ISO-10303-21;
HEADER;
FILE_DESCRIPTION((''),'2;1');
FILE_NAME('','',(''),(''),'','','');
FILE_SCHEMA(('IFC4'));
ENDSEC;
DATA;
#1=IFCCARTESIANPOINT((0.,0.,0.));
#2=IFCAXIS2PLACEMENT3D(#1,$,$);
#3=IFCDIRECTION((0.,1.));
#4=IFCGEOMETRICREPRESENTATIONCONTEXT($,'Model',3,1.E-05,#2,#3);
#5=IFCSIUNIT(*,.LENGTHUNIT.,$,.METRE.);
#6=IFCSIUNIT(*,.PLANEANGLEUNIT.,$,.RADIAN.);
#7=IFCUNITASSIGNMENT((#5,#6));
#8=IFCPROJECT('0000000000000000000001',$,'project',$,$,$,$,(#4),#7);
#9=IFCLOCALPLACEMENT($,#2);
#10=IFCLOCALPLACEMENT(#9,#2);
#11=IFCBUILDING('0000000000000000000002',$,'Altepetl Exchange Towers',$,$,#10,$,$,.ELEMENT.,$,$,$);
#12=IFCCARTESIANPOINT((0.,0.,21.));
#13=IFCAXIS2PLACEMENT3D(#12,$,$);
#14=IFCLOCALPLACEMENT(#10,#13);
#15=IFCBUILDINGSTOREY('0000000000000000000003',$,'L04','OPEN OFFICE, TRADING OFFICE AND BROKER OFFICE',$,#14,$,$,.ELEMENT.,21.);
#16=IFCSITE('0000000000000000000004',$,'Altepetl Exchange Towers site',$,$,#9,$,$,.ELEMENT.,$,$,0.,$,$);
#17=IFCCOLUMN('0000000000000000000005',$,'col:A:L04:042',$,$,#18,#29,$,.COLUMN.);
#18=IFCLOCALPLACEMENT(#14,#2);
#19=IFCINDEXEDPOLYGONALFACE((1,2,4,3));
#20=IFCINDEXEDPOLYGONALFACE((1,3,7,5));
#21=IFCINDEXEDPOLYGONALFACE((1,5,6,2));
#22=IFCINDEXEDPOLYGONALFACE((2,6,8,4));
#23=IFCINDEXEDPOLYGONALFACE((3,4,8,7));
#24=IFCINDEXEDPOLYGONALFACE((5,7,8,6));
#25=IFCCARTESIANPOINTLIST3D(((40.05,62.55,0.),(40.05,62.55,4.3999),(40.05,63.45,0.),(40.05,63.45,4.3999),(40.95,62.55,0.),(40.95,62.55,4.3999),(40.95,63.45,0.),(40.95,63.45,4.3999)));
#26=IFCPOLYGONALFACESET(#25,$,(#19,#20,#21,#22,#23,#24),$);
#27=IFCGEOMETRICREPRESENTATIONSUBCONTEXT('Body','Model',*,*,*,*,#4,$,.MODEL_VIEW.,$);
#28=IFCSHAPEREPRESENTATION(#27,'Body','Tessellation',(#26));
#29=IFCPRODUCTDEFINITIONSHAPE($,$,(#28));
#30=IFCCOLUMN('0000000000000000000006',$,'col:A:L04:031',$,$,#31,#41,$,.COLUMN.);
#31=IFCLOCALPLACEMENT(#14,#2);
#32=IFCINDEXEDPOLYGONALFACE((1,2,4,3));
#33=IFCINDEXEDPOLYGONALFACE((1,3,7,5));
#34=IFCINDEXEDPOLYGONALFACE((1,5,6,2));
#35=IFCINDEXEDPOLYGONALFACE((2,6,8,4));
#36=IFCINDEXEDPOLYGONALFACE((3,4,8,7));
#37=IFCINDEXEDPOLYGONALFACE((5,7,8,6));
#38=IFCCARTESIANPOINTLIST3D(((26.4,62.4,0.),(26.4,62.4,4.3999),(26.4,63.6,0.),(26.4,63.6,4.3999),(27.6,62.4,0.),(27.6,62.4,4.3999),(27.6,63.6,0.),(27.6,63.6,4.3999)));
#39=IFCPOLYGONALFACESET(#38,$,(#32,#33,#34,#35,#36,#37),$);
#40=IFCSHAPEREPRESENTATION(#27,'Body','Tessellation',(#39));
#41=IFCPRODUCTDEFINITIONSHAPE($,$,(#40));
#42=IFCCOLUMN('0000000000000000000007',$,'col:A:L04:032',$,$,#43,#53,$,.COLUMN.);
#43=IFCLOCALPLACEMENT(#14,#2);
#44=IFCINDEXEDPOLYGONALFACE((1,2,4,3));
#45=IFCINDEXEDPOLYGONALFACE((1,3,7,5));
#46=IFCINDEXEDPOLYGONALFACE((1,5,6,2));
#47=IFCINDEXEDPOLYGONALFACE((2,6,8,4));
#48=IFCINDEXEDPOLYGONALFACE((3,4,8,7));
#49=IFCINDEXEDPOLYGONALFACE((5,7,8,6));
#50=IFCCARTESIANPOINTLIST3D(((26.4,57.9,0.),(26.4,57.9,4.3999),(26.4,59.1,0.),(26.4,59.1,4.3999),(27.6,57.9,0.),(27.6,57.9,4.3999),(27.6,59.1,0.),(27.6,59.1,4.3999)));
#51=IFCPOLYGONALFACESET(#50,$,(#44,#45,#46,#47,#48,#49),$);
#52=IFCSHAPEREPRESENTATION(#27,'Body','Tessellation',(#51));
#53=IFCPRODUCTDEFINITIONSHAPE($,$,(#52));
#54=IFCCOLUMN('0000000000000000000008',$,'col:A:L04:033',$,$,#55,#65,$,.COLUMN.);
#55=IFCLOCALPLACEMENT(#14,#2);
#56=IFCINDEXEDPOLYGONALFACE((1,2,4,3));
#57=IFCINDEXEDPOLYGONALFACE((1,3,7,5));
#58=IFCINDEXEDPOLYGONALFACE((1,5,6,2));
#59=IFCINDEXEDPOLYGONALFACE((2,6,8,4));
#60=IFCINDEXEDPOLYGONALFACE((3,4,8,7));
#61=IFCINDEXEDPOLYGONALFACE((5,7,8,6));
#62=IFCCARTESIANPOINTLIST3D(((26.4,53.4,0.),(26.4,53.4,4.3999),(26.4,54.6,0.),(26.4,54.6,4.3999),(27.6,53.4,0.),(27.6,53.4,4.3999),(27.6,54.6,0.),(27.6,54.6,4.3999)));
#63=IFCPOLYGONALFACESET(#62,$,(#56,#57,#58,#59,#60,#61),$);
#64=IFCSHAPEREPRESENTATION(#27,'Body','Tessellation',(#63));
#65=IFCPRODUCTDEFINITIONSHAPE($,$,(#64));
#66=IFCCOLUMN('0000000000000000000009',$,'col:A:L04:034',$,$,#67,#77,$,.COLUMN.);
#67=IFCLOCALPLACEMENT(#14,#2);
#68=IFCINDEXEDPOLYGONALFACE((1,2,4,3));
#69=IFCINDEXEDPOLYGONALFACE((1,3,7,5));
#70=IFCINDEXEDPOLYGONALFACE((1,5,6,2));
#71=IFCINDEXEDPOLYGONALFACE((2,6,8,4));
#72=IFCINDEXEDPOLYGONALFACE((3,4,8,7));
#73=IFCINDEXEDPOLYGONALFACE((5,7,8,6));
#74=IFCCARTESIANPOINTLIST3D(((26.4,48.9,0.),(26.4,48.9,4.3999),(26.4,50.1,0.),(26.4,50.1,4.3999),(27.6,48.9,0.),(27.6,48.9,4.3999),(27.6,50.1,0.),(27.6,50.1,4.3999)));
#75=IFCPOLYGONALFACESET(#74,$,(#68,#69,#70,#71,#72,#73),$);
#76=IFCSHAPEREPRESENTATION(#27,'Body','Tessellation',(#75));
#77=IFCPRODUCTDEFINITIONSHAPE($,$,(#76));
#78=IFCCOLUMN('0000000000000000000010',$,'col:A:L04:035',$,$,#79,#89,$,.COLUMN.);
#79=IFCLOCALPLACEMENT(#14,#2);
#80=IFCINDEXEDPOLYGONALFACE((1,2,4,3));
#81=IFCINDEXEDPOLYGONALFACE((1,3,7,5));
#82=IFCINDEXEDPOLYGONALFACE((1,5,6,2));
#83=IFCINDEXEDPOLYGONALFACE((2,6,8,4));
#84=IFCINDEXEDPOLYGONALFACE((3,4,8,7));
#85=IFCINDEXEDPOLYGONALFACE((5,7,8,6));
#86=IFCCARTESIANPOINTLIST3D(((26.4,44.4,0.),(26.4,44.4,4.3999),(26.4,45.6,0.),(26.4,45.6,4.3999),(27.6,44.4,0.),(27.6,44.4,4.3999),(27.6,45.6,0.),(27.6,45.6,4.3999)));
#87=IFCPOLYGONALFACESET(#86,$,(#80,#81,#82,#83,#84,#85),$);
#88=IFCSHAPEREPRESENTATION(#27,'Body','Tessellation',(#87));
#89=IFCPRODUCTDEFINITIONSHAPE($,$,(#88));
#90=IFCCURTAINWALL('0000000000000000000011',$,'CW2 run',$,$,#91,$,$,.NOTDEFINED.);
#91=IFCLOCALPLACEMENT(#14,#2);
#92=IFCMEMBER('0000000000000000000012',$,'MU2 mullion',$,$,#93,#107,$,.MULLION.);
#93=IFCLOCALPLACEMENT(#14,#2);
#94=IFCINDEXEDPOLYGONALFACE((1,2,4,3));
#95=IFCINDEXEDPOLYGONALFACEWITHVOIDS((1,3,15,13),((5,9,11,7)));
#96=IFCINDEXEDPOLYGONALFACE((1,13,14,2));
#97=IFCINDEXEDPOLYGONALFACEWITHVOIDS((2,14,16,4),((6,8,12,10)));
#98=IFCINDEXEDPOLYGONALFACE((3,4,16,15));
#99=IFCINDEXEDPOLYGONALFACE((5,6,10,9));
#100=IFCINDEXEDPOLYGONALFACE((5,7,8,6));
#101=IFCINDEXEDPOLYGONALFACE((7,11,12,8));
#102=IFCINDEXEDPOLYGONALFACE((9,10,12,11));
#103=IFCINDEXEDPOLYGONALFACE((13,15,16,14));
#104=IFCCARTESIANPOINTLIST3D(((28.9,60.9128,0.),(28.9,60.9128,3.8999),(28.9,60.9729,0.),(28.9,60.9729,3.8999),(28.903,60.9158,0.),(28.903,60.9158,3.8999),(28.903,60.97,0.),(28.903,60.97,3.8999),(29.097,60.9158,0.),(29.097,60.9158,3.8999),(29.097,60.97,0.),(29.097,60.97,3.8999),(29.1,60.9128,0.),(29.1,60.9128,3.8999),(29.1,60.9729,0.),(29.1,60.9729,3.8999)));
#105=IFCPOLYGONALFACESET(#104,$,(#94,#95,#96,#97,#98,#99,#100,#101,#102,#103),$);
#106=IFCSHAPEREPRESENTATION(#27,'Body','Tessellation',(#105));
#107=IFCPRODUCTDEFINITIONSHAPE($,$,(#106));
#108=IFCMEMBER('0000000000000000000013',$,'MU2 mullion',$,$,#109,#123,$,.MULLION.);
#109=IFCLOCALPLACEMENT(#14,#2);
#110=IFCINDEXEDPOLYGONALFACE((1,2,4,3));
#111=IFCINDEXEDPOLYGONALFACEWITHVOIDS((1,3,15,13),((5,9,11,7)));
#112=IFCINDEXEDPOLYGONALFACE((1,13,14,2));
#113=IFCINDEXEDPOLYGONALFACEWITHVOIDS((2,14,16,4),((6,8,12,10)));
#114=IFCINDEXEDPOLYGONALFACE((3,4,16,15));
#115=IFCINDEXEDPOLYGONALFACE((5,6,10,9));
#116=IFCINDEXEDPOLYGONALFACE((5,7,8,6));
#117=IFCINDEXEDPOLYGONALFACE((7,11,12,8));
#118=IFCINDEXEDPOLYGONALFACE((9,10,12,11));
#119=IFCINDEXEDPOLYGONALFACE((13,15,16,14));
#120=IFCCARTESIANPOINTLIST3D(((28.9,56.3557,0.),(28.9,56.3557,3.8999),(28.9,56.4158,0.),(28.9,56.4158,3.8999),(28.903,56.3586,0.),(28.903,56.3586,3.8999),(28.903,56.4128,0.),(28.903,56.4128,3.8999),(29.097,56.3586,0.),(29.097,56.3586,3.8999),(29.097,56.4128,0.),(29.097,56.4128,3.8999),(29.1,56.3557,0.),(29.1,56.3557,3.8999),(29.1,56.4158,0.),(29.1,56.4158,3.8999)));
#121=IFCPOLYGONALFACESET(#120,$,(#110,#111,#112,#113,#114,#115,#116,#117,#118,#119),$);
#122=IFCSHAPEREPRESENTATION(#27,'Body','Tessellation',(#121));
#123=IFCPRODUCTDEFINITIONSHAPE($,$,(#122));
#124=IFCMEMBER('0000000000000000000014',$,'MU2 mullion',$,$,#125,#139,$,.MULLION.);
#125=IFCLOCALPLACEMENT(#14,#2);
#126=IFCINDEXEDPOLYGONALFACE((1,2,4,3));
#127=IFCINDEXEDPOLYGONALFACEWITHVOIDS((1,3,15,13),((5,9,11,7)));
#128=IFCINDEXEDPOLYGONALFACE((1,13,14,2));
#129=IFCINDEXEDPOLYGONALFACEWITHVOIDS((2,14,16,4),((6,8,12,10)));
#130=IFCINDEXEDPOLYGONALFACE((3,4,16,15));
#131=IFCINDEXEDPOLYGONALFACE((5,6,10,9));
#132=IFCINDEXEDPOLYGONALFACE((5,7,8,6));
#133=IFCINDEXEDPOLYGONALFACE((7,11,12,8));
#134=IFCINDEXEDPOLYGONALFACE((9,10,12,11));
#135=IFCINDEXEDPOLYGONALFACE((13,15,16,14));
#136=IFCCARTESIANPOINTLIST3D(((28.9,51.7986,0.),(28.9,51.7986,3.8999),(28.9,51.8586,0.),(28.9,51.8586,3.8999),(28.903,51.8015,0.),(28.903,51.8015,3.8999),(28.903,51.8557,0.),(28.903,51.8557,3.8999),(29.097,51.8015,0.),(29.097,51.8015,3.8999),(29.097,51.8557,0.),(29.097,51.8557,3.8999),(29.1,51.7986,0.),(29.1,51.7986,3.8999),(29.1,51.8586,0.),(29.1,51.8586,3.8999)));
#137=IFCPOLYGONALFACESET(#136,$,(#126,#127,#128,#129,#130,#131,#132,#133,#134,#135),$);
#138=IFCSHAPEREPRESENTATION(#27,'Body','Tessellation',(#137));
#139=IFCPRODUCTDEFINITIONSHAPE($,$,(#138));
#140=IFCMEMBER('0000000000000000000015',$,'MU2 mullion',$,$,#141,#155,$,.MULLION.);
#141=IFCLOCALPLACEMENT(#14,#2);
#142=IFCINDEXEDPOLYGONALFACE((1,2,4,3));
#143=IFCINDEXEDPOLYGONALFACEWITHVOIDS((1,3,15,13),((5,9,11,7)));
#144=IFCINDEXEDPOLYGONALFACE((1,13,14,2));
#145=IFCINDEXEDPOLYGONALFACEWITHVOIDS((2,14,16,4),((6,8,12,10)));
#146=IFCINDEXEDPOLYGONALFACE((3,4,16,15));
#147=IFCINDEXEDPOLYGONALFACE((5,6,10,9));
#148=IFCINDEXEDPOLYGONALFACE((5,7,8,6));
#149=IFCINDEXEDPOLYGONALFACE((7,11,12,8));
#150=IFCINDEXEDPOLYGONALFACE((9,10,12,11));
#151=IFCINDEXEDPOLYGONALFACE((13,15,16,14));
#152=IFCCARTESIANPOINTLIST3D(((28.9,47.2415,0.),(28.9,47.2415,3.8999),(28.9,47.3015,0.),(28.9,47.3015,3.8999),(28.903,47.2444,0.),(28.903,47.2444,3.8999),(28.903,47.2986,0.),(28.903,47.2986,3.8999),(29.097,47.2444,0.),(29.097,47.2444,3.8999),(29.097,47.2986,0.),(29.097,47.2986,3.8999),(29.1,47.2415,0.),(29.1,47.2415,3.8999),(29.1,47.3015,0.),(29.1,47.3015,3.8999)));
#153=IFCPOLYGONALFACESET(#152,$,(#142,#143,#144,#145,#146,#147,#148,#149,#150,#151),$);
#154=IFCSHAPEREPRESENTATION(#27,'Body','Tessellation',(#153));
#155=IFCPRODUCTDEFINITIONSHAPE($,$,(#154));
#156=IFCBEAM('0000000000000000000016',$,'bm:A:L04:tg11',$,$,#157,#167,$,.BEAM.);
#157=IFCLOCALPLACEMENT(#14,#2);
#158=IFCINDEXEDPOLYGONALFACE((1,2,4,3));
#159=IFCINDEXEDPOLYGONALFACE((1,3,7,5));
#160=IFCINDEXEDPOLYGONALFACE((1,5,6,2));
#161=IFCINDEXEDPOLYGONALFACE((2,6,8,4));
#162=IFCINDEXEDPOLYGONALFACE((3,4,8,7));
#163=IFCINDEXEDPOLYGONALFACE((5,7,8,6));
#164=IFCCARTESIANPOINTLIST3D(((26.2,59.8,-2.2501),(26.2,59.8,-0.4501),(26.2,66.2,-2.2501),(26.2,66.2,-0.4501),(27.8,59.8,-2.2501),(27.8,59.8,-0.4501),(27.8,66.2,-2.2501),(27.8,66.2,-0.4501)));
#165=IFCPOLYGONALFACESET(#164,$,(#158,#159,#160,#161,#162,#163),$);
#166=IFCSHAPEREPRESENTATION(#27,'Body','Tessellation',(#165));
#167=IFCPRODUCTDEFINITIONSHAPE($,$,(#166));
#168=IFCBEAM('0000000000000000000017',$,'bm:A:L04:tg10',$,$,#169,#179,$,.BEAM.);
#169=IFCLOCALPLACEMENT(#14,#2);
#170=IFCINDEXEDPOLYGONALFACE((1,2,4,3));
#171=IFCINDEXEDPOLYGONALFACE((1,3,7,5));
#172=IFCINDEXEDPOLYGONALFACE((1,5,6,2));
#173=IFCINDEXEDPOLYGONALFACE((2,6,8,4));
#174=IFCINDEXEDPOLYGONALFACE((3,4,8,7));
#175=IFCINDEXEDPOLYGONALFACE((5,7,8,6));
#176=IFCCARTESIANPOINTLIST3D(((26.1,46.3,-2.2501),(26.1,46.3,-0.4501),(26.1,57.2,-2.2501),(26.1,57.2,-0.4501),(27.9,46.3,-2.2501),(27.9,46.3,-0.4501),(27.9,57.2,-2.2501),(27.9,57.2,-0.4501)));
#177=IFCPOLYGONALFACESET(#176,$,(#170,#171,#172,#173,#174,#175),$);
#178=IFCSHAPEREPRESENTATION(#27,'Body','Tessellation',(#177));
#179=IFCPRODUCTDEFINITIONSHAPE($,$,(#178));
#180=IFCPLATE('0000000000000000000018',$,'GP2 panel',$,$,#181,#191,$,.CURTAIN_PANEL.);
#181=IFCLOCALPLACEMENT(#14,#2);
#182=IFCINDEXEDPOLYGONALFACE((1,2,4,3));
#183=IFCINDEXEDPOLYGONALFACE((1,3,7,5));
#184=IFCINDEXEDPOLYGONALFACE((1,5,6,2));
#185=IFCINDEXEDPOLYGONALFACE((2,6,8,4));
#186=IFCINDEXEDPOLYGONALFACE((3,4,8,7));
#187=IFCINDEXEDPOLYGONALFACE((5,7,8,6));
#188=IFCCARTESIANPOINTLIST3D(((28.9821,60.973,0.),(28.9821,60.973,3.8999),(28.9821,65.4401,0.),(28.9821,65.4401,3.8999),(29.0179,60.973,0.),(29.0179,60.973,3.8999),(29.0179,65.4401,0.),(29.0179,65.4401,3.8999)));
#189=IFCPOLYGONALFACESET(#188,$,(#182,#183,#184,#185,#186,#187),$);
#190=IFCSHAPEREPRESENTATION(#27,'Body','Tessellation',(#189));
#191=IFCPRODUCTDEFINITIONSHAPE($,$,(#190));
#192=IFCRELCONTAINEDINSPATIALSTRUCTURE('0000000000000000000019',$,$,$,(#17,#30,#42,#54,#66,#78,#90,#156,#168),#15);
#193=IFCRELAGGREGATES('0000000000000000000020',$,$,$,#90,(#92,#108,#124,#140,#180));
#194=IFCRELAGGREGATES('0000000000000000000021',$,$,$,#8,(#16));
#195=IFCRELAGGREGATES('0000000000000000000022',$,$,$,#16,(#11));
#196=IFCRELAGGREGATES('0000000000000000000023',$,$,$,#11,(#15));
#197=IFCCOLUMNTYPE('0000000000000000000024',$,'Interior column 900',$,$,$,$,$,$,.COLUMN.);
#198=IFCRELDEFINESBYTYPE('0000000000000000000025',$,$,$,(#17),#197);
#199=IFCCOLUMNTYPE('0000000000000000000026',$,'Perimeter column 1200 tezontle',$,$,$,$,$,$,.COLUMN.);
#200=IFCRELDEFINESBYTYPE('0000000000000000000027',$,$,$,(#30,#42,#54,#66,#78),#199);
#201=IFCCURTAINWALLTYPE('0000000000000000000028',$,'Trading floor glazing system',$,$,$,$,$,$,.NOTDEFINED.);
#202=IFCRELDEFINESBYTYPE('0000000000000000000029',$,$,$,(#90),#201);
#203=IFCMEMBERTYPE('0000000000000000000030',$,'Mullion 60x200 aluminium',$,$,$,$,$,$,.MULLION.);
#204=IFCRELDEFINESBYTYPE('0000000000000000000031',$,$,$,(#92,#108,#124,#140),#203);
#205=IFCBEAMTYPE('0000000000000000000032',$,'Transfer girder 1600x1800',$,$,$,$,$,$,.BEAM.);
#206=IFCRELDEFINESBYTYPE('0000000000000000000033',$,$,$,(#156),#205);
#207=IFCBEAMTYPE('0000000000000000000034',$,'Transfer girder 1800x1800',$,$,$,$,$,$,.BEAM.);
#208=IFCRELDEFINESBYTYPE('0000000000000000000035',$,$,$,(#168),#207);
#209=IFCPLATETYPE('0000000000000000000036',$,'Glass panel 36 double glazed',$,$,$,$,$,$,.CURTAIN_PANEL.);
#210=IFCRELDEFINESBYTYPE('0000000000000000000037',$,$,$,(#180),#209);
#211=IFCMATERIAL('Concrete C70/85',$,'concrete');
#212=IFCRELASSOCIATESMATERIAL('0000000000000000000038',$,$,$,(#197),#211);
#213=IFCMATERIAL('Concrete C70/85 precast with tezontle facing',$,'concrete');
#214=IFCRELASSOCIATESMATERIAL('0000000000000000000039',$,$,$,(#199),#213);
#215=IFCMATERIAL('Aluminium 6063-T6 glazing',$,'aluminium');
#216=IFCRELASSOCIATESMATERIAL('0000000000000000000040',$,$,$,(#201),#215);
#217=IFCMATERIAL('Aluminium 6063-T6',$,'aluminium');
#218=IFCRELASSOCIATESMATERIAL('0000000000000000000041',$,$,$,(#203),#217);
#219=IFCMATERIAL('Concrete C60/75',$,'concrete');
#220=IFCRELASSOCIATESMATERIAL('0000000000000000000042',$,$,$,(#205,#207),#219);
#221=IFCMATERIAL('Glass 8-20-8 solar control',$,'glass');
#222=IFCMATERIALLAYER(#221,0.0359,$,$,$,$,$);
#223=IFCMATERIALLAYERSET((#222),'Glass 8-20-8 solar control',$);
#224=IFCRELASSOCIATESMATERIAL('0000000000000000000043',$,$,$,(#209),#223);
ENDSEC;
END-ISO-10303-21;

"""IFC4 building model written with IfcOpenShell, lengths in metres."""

from ifc_helpers import new_model, si_unit, direction, frame, origin, origin_2d, place, context, subcontext, project, spatial, rectangle, hollow_rectangle, extrude, material, layer, layer_set, material_profile, profile_set, type_object, element, aggregate, save


model = new_model("IFC4")

# Units and contexts
model_context = context("Model", 3, precision=1e-05, world=origin(), true_north=direction((0.0, 1.0)))
body_context = subcontext(model_context, "Body", "Model", "MODEL_VIEW")
ifc_project = project(units=[si_unit("LENGTHUNIT", "METRE"), si_unit("PLANEANGLEUNIT", "RADIAN")], contexts=[model_context])

# Site, building, storey
site_placement = place(None, origin())
site = spatial("IfcSite", under=ifc_project, at=site_placement, Name="Altepetl Exchange Towers site", CompositionType="ELEMENT", RefElevation=0.0)
building_placement = place(site_placement, origin())
building = spatial("IfcBuilding", under=site, at=building_placement, Name="Altepetl Exchange Towers", CompositionType="ELEMENT")
storey_placement = place(building_placement, frame((0.0, 0.0, 21.0)))
storey = spatial("IfcBuildingStorey", under=building, at=storey_placement, Name="L04", Description="OPEN OFFICE, TRADING OFFICE AND BROKER OFFICE", CompositionType="ELEMENT", Elevation=21.0)

# Columns
ifc_material_1 = material(Name="Concrete C70/85", Category="concrete")
ifc_material_profile_1 = material_profile(ifc_material_1, rectangle(XDim=0.8999, YDim=0.8999, at=origin_2d()), Name="900 x 900")
ifc_profile_set_1 = profile_set([ifc_material_profile_1], Name="Concrete C70/85")
column_type_1 = type_object("IfcColumnType", Name="Interior column 900", PredefinedType="COLUMN", material=ifc_profile_set_1)
column_placement = place(storey_placement, frame((40.5, 63.0, 0.0)))
element("IfcColumn", 1, at=column_placement, inside=storey, type_object=column_type_1, Name="col:A:L04:042", PredefinedType="COLUMN", context=body_context, shape_type="SweptSolid", body=[
    extrude(rectangle(XDim=0.8999, YDim=0.8999, at=origin_2d()), origin(), (0.0, 0.0, 1.0), 4.3999),
])
ifc_material_2 = material(Name="Concrete C70/85 precast with tezontle facing", Category="concrete")
ifc_material_profile_2 = material_profile(ifc_material_2, rectangle(XDim=1.2, YDim=1.2, at=origin_2d()), Name="1200 x 1200")
ifc_profile_set_2 = profile_set([ifc_material_profile_2], Name="Concrete C70/85 precast with tezontle facing")
column_type_2 = type_object("IfcColumnType", Name="Perimeter column 1200 tezontle", PredefinedType="COLUMN", material=ifc_profile_set_2)
for number, where, name in (
    (2, (27.0, 63.0, 0.0), "col:A:L04:031"),
    (3, (27.0, 58.5, 0.0), "col:A:L04:032"),
    (4, (27.0, 54.0, 0.0), "col:A:L04:033"),
    (5, (27.0, 49.5, 0.0), "col:A:L04:034"),
    (6, (27.0, 45.0, 0.0), "col:A:L04:035"),
):
    element("IfcColumn", number, at=place(storey_placement, frame(where)), inside=storey, type_object=column_type_2, Name=name, PredefinedType="COLUMN", context=body_context, shape_type="SweptSolid", body=[
        extrude(rectangle(XDim=1.2, YDim=1.2, at=origin_2d()), origin(), (0.0, 0.0, 1.0), 4.3999),
    ])

# Curtain wall, members
ifc_material_3 = material(Name="Aluminium 6063-T6 glazing", Category="aluminium")
curtain_wall_type = type_object("IfcCurtainWallType", Name="Trading floor glazing system", PredefinedType="NOTDEFINED", material=ifc_material_3)
curtain_wall_placement = place(storey_placement, origin())
curtain_wall = element("IfcCurtainWall", 7, at=curtain_wall_placement, inside=storey, type_object=curtain_wall_type, Name="CW2 run", PredefinedType="NOTDEFINED")
ifc_material_4 = material(Name="Aluminium 6063-T6", Category="aluminium")
ifc_material_profile_3 = material_profile(ifc_material_4, hollow_rectangle(XDim=0.0601, YDim=0.2, WallThickness=0.0029, at=origin_2d()), Name="Mullion 60x200 aluminium")
ifc_profile_set_3 = profile_set([ifc_material_profile_3], Name="Aluminium 6063-T6")
member_type = type_object("IfcMemberType", Name="Mullion 60x200 aluminium", PredefinedType="MULLION", material=ifc_profile_set_3)
member_1_placement = place(storey_placement, frame((29.0, 60.9429, 0.0), z_axis=(0.0, 0.0, 1.0), x_axis=(0.0, -1.0, 0.0)))
member_1 = element("IfcMember", 8, at=member_1_placement, type_object=member_type, Name="MU2 mullion", PredefinedType="MULLION", context=body_context, shape_type="SweptSolid", body=[
    extrude(hollow_rectangle(XDim=0.0601, YDim=0.2, WallThickness=0.0029, at=origin_2d()), origin(), (0.0, 0.0, 1.0), 3.8999),
])
member_2_placement = place(storey_placement, frame((29.0, 56.3857, 0.0), z_axis=(0.0, 0.0, 1.0), x_axis=(0.0, -1.0, 0.0)))
member_2 = element("IfcMember", 9, at=member_2_placement, type_object=member_type, Name="MU2 mullion", PredefinedType="MULLION", context=body_context, shape_type="SweptSolid", body=[
    extrude(hollow_rectangle(XDim=0.0601, YDim=0.2, WallThickness=0.0029, at=origin_2d()), origin(), (0.0, 0.0, 1.0), 3.8999),
])
member_3_placement = place(storey_placement, frame((29.0, 51.8286, 0.0), z_axis=(0.0, 0.0, 1.0), x_axis=(0.0, -1.0, 0.0)))
member_3 = element("IfcMember", 10, at=member_3_placement, type_object=member_type, Name="MU2 mullion", PredefinedType="MULLION", context=body_context, shape_type="SweptSolid", body=[
    extrude(hollow_rectangle(XDim=0.0601, YDim=0.2, WallThickness=0.0029, at=origin_2d()), origin(), (0.0, 0.0, 1.0), 3.8999),
])
member_4_placement = place(storey_placement, frame((29.0, 47.2715, 0.0), z_axis=(0.0, 0.0, 1.0), x_axis=(0.0, -1.0, 0.0)))
member_4 = element("IfcMember", 11, at=member_4_placement, type_object=member_type, Name="MU2 mullion", PredefinedType="MULLION", context=body_context, shape_type="SweptSolid", body=[
    extrude(hollow_rectangle(XDim=0.0601, YDim=0.2, WallThickness=0.0029, at=origin_2d()), origin(), (0.0, 0.0, 1.0), 3.8999),
])

# Beams
ifc_material_5 = material(Name="Concrete C60/75", Category="concrete")
ifc_material_profile_4 = material_profile(ifc_material_5, rectangle(XDim=1.6001, YDim=1.8, at=origin_2d()), Name="1600 x 1800")
ifc_profile_set_4 = profile_set([ifc_material_profile_4], Name="Concrete C60/75")
beam_type_1 = type_object("IfcBeamType", Name="Transfer girder 1600x1800", PredefinedType="BEAM", material=ifc_profile_set_4)
beam_1_placement = place(storey_placement, frame((27.0, 59.8, -1.3501), z_axis=(0.0, 1.0, 0.0), x_axis=(-1.0, 0.0, 0.0)))
element("IfcBeam", 12, at=beam_1_placement, inside=storey, type_object=beam_type_1, Name="bm:A:L04:tg11", PredefinedType="BEAM", context=body_context, shape_type="SweptSolid", body=[
    extrude(rectangle(XDim=1.6001, YDim=1.8, at=origin_2d()), origin(), (0.0, 0.0, 1.0), 6.3999),
])
ifc_material_profile_5 = material_profile(ifc_material_5, rectangle(XDim=1.8, YDim=1.8, at=origin_2d()), Name="1800 x 1800")
ifc_profile_set_5 = profile_set([ifc_material_profile_5], Name="Concrete C60/75")
beam_type_2 = type_object("IfcBeamType", Name="Transfer girder 1800x1800", PredefinedType="BEAM", material=ifc_profile_set_5)
beam_2_placement = place(storey_placement, frame((27.0, 46.3, -1.3501), z_axis=(0.0, 1.0, 0.0), x_axis=(-1.0, 0.0, 0.0)))
element("IfcBeam", 13, at=beam_2_placement, inside=storey, type_object=beam_type_2, Name="bm:A:L04:tg10", PredefinedType="BEAM", context=body_context, shape_type="SweptSolid", body=[
    extrude(rectangle(XDim=1.8, YDim=1.8, at=origin_2d()), origin(), (0.0, 0.0, 1.0), 10.8999),
])

# Plate
ifc_material_6 = material(Name="Glass 8-20-8 solar control", Category="glass")
ifc_layer_1 = layer(ifc_material_6, 0.0359)
ifc_layer_set_1 = layer_set([ifc_layer_1], Name="Glass 8-20-8 solar control")
plate_type = type_object("IfcPlateType", Name="Glass panel 36 double glazed", PredefinedType="CURTAIN_PANEL", material=ifc_layer_set_1)
plate_1_placement = place(storey_placement, frame((29.0, 63.2065, 0.0), z_axis=(0.0, 0.0, 1.0), x_axis=(0.0, -1.0, 0.0)))
plate_1 = element("IfcPlate", 14, at=plate_1_placement, type_object=plate_type, Name="GP2 panel", PredefinedType="CURTAIN_PANEL", context=body_context, shape_type="SweptSolid", body=[
    extrude(rectangle(XDim=4.467, YDim=0.0359, at=origin_2d()), origin(), (0.0, 0.0, 1.0), 3.8999),
])
aggregate(curtain_wall, [member_1, member_2, member_3, member_4, plate_1])

save(model, "model.ifc")
